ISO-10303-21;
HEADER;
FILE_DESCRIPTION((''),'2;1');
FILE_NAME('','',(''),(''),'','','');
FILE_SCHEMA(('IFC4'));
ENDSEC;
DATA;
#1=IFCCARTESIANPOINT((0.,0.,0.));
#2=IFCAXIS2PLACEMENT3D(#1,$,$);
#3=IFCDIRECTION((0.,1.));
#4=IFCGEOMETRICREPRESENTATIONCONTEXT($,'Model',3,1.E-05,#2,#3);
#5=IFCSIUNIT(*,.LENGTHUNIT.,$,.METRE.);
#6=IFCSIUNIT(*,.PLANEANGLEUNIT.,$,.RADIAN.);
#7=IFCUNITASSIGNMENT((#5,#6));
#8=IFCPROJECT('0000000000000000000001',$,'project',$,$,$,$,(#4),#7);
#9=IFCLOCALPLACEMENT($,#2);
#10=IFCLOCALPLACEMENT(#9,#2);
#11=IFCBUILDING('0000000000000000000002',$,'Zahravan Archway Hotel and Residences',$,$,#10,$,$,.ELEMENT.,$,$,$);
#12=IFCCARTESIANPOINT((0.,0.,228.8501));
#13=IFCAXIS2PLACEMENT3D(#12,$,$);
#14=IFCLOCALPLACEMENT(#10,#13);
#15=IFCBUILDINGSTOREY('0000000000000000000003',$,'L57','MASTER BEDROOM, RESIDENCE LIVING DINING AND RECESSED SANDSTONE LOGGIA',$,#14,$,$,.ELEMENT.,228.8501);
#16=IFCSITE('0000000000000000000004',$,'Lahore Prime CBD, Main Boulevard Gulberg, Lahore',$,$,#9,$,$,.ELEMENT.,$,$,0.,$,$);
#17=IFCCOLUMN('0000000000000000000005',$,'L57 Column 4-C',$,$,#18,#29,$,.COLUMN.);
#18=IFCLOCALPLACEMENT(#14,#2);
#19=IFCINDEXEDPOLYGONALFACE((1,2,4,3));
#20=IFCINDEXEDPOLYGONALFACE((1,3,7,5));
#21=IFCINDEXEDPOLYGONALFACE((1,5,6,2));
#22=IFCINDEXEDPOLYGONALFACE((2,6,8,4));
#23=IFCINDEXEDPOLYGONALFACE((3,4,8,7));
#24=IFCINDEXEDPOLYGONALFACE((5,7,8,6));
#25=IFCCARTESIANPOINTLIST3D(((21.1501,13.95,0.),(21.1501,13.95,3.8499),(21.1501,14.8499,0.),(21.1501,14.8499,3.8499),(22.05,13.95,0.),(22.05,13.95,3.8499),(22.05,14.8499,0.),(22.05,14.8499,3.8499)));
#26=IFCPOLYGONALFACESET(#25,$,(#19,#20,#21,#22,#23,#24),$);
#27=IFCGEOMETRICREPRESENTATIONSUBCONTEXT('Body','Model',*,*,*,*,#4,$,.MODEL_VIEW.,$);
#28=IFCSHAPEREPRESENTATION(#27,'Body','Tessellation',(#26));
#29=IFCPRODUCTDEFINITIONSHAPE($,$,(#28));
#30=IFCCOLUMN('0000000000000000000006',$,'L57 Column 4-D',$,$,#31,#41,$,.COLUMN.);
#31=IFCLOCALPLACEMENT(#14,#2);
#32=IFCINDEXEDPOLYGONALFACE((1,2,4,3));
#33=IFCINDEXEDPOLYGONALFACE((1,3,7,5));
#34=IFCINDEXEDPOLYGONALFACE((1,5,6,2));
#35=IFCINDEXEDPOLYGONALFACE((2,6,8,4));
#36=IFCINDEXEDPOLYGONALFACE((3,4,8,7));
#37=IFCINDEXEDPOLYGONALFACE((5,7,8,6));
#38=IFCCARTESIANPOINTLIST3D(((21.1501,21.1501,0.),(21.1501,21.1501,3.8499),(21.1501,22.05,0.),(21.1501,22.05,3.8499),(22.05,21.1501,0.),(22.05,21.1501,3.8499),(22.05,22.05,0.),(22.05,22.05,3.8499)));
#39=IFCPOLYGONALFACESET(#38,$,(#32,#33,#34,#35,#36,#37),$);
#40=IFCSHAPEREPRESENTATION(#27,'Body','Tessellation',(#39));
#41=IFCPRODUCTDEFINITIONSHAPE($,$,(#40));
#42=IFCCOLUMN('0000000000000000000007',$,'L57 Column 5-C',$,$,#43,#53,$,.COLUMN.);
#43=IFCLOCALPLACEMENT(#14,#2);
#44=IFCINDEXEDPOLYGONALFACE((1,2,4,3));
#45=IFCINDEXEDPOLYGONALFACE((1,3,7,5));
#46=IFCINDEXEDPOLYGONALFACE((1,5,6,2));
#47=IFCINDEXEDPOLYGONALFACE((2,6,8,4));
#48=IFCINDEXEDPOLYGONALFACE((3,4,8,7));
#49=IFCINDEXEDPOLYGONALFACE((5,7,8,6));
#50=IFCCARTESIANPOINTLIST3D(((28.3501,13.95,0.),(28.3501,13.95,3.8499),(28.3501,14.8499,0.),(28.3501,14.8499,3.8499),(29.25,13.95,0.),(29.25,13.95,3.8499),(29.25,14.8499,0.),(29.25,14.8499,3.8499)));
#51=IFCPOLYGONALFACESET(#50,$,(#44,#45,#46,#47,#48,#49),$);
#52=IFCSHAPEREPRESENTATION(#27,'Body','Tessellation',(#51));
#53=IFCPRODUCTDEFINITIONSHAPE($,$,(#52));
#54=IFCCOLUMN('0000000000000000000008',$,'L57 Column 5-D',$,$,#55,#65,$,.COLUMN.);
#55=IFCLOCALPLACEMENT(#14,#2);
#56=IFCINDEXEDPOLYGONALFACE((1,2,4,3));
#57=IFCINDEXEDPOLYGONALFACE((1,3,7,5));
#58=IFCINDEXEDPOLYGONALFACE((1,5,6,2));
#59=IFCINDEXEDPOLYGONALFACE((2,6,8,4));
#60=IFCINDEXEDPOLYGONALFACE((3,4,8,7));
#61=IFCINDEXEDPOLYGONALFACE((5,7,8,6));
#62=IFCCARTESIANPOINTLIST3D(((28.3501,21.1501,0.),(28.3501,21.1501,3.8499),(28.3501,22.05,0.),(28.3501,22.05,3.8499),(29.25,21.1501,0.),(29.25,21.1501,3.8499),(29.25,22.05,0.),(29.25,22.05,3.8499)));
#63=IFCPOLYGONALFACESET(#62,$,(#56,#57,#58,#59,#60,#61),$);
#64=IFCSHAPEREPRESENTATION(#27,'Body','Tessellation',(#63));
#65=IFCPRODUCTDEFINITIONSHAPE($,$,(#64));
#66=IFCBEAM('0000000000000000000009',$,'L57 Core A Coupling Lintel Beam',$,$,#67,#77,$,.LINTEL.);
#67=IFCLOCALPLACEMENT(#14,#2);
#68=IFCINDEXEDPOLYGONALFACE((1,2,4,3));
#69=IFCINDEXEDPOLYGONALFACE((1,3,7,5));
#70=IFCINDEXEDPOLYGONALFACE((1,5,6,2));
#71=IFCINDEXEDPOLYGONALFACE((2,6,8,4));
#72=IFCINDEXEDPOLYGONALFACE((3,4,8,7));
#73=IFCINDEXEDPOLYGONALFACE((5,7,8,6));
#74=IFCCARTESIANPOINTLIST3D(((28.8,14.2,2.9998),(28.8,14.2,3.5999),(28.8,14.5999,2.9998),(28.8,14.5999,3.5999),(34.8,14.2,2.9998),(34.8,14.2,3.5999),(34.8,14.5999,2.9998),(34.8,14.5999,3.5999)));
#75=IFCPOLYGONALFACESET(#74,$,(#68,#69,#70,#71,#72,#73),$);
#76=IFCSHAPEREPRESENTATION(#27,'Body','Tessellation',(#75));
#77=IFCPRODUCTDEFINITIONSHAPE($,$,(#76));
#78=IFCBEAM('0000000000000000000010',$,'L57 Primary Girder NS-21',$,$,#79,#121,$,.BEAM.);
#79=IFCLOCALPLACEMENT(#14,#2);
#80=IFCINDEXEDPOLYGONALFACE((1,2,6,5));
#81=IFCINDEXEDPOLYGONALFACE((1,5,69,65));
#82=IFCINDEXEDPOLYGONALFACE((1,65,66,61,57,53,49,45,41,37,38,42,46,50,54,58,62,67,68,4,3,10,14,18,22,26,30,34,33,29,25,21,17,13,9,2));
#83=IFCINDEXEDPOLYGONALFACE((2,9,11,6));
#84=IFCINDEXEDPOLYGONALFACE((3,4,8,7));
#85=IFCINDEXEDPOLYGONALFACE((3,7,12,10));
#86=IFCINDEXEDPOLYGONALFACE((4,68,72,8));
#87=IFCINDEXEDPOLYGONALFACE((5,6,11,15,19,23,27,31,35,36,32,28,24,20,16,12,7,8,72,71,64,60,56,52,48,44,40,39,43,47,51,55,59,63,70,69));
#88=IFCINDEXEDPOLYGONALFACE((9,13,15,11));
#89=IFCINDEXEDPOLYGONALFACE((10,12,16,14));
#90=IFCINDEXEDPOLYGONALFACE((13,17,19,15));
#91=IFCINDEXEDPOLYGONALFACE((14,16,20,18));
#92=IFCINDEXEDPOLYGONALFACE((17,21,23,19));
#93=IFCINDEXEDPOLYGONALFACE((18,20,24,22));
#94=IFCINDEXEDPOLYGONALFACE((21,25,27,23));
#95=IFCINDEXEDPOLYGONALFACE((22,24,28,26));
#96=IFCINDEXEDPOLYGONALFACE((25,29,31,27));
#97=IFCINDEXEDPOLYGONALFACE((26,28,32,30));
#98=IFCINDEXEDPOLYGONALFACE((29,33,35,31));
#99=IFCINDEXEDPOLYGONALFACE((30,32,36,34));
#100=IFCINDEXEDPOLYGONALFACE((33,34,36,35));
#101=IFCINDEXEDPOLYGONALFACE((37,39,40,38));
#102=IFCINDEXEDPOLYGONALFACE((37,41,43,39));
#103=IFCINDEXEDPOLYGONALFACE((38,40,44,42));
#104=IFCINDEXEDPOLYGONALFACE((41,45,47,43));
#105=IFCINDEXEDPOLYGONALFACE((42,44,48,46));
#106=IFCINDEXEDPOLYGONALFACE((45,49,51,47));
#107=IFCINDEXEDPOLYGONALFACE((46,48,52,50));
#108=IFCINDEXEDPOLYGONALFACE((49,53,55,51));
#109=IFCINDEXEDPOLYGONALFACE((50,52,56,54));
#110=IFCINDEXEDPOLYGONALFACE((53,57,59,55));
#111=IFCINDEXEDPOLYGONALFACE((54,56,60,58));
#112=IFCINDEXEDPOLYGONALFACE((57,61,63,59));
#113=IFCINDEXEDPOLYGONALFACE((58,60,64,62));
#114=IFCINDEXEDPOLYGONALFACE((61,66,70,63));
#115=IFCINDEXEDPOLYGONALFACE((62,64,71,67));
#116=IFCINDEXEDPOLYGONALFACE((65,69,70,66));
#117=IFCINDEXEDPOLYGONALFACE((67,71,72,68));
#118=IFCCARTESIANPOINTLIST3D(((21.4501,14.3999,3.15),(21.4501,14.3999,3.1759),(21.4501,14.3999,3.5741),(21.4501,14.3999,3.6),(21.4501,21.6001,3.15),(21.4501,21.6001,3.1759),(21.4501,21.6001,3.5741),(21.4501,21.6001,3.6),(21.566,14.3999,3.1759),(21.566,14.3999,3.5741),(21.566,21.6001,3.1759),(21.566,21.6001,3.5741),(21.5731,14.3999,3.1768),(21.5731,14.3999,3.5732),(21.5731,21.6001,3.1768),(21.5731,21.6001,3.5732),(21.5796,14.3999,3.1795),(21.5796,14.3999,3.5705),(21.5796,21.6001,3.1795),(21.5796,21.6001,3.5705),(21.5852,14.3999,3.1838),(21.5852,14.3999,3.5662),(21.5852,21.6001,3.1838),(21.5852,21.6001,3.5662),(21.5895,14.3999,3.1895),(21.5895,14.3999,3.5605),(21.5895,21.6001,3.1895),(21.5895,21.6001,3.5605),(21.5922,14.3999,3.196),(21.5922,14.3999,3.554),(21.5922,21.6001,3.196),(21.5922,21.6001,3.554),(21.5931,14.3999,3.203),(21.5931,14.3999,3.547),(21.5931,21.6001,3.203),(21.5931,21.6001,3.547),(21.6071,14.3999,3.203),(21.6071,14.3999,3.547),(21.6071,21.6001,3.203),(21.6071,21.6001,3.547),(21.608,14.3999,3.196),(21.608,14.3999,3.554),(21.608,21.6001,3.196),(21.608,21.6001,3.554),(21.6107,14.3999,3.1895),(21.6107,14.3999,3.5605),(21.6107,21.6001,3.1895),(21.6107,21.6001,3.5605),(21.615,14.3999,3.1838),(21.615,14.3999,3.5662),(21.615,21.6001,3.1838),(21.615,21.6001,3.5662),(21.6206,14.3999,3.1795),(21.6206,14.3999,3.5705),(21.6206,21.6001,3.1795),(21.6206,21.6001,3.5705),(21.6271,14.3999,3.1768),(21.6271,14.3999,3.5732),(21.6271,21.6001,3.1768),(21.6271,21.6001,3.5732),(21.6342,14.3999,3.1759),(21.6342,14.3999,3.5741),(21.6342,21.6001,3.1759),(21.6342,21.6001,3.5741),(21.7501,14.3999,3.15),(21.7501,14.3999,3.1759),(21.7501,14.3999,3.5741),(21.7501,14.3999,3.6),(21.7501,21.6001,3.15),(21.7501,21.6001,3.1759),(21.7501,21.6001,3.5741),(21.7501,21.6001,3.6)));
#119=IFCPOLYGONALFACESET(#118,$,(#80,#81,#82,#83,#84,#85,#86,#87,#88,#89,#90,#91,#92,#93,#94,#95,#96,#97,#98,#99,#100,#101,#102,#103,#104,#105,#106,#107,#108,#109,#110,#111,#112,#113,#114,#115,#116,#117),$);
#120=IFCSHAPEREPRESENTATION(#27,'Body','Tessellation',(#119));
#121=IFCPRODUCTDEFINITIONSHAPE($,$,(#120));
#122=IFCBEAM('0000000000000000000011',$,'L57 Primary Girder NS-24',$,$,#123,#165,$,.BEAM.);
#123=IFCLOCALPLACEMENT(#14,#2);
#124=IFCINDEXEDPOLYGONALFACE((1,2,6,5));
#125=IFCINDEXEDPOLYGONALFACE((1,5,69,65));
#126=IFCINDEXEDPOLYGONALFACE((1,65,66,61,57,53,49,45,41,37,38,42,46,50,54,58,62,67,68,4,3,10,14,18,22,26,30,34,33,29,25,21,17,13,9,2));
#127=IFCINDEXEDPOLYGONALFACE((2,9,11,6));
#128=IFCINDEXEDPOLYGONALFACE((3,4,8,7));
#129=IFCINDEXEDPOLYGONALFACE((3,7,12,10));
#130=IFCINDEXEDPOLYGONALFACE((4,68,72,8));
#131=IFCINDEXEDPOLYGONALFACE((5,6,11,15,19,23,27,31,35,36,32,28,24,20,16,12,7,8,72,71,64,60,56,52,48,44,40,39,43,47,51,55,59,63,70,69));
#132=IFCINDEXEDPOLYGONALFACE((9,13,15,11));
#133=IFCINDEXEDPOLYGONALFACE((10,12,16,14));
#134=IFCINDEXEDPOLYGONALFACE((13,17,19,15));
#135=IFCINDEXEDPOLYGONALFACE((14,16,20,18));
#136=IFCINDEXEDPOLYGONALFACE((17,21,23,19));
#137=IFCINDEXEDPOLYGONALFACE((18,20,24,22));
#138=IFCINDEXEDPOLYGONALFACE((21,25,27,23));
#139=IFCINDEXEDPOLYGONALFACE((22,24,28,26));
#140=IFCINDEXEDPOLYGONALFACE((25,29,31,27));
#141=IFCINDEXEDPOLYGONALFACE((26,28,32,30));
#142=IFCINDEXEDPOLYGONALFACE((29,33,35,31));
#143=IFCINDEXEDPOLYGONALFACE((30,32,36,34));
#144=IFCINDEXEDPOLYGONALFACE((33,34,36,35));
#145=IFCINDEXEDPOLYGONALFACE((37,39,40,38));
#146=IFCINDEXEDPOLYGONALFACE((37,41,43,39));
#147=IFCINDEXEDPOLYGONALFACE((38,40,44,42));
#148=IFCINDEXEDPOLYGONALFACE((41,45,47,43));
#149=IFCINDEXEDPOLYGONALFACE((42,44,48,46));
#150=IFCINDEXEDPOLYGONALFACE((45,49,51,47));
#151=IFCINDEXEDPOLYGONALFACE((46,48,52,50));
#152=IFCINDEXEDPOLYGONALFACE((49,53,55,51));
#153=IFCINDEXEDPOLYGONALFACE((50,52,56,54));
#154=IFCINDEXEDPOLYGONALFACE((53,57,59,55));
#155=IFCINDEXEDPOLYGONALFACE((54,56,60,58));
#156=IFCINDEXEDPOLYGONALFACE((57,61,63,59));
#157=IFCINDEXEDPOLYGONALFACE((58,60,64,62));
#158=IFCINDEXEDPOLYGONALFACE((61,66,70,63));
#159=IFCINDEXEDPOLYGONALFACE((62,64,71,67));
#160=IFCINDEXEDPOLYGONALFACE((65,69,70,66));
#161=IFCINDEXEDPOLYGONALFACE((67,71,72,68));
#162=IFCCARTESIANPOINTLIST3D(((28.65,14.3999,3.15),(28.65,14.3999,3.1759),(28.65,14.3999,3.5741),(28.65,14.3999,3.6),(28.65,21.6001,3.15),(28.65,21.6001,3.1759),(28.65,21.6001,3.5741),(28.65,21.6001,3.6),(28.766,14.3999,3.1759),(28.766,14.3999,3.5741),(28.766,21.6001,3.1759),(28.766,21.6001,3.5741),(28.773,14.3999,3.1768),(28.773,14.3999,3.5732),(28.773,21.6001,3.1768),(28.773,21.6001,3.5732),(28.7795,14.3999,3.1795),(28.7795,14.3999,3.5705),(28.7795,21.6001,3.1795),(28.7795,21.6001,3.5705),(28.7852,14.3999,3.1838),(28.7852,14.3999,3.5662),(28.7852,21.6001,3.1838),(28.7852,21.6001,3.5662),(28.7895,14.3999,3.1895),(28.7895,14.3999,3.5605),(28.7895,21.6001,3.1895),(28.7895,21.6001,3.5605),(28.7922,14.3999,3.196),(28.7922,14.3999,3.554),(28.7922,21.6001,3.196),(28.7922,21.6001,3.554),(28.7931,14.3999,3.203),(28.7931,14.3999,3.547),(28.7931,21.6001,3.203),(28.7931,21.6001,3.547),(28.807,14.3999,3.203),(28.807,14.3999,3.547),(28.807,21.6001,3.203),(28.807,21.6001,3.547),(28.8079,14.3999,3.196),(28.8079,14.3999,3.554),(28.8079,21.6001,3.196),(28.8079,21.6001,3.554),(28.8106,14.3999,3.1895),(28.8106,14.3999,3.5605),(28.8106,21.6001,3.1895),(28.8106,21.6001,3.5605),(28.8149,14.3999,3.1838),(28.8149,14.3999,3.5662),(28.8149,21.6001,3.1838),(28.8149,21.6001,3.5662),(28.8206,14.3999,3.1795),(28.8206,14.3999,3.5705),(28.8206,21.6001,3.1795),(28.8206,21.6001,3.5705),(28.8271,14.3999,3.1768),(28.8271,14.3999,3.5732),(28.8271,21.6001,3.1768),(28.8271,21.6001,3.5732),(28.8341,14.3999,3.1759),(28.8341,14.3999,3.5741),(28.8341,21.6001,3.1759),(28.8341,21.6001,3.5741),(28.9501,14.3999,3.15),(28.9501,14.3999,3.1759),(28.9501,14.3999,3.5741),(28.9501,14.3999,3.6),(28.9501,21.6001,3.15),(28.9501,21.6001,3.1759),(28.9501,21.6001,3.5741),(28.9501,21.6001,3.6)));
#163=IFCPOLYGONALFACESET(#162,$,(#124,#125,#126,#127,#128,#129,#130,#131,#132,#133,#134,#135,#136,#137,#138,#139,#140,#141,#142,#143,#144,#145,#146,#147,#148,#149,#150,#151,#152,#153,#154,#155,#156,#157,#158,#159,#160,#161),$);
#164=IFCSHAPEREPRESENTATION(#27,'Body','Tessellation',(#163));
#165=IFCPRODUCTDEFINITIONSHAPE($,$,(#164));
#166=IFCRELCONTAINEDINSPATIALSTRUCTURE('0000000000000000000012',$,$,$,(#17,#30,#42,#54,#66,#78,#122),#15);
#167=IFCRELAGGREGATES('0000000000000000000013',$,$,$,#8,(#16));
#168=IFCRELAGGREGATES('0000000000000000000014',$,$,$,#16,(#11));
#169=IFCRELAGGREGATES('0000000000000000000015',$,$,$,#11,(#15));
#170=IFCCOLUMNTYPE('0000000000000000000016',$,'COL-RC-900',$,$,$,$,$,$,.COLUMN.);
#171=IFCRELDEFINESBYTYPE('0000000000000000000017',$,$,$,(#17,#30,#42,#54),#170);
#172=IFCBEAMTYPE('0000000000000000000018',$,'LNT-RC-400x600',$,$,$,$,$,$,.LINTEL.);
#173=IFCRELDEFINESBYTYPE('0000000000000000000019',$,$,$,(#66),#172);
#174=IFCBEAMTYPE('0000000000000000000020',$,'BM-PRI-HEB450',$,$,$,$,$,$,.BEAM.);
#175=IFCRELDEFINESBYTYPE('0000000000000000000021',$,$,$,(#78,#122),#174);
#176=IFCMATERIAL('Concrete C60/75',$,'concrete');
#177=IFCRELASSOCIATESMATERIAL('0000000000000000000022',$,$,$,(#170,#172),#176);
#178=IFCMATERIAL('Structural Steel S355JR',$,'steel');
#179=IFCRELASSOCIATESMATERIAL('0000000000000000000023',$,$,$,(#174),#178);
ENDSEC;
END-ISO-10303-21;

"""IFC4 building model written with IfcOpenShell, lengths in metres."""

from ifc_helpers import new_model, si_unit, direction, frame, origin, origin_2d, place, context, subcontext, project, spatial, rectangle, i_section, extrude, source, transform, mapped, material, material_profile, profile_set, type_object, type_shapes, element, save


model = new_model("IFC4")

# Units and contexts
model_context = context("Model", 3, precision=1e-05, world=origin(), true_north=direction((0.0, 1.0)))
body_context = subcontext(model_context, "Body", "Model", "MODEL_VIEW")
ifc_project = project(units=[si_unit("LENGTHUNIT", "METRE"), si_unit("PLANEANGLEUNIT", "RADIAN")], contexts=[model_context])

# Site, building, storey
site_placement = place(None, origin())
site = spatial("IfcSite", under=ifc_project, at=site_placement, Name="Lahore Prime CBD, Main Boulevard Gulberg, Lahore", CompositionType="ELEMENT", RefElevation=0.0)
building_placement = place(site_placement, origin())
building = spatial("IfcBuilding", under=site, at=building_placement, Name="Zahravan Archway Hotel and Residences", CompositionType="ELEMENT")
storey_placement = place(building_placement, frame((0.0, 0.0, 228.8501)))
storey = spatial("IfcBuildingStorey", under=building, at=storey_placement, Name="L57", Description="MASTER BEDROOM, RESIDENCE LIVING DINING AND RECESSED SANDSTONE LOGGIA", CompositionType="ELEMENT", Elevation=228.8501)

# Columns
ifc_material_1 = material(Name="Concrete C60/75", Category="concrete")
ifc_material_profile_1 = material_profile(ifc_material_1, rectangle(XDim=0.8999, YDim=0.8999, at=origin_2d()), Name="RC-COL-900x900", Category="concrete")
ifc_profile_set_1 = profile_set([ifc_material_profile_1], Name="Concrete C60/75")
column_type = type_object("IfcColumnType", Name="COL-RC-900", PredefinedType="COLUMN", material=ifc_profile_set_1)
shared_shape_1 = source(origin(), body_context, "Body", "SweptSolid", [
    extrude(rectangle(XDim=0.8999, YDim=0.8999, at=origin_2d()), origin(), (0.0, 0.0, 1.0), 3.8499),
])
for number, where, z_axis, x_axis, name in (
    (1, (21.6001, 14.3999, 0.0), (0.0, 0.0, 1.0), (1.0, 0.0, 0.0), "L57 Column 4-C"),
    (2, (21.6001, 21.6001, 0.0), (0.0, 0.0, 1.0), (1.0, 0.0, 0.0), "L57 Column 4-D"),
    (3, (28.8, 14.3999, 0.0), (0.0, 0.0, 1.0), (1.0, 0.0, 0.0), "L57 Column 5-C"),
    (4, (28.8, 21.6001, 0.0), (0.0, 0.0, 1.0), (1.0, 0.0, 0.0), "L57 Column 5-D"),
):
    element("IfcColumn", number, at=place(storey_placement, frame(where, z_axis=z_axis, x_axis=x_axis)), inside=storey, type_object=column_type, Name=name, PredefinedType="COLUMN", context=body_context, shape_type="MappedRepresentation", body=[
        mapped(shared_shape_1, transform((0.0, 0.0, 0.0), scale=1.0)),
    ])

# Beams
ifc_material_profile_2 = material_profile(ifc_material_1, rectangle(XDim=0.3999, YDim=0.6001, at=origin_2d()), Name="RC-LNT-400x600", Category="concrete")
ifc_profile_set_2 = profile_set([ifc_material_profile_2], Name="Concrete C60/75")
beam_type_1 = type_object("IfcBeamType", Name="LNT-RC-400x600", PredefinedType="LINTEL", material=ifc_profile_set_2)
shared_shape_2 = source(origin(), body_context, "Body", "SweptSolid", [
    extrude(rectangle(XDim=0.3999, YDim=0.6001, at=origin_2d()), origin(), (0.0, 0.0, 1.0), 6.0),
])
type_shapes(beam_type_1, [shared_shape_2])
beam_1_placement = place(storey_placement, frame((28.8, 14.3999, 3.2998), z_axis=(1.0, 0.0, 0.0), x_axis=(0.0, 1.0, 0.0)))
element("IfcBeam", 5, at=beam_1_placement, inside=storey, type_object=beam_type_1, Name="L57 Core A Coupling Lintel Beam", PredefinedType="LINTEL", context=body_context, shape_type="MappedRepresentation", body=[
    mapped(shared_shape_2, transform((0.0, 0.0, 0.0), scale=1.0)),
])
ifc_material_2 = material(Name="Structural Steel S355JR", Category="steel")
ifc_material_profile_3 = material_profile(ifc_material_2, i_section(OverallWidth=0.3, OverallDepth=0.45, WebThickness=0.0139, FlangeThickness=0.0259, FilletRadius=0.0271, at=origin_2d()), Name="HEB 450", Category="steel")
ifc_profile_set_3 = profile_set([ifc_material_profile_3], Name="Structural Steel S355JR")
beam_type_2 = type_object("IfcBeamType", Name="BM-PRI-HEB450", PredefinedType="BEAM", material=ifc_profile_set_3)
shared_shape_3 = source(origin(), body_context, "Body", "SweptSolid", [
    extrude(i_section(OverallWidth=0.3, OverallDepth=0.45, WebThickness=0.0139, FlangeThickness=0.0259, FilletRadius=0.0271, at=origin_2d()), origin(), (0.0, 0.0, 1.0), 7.2002),
])
type_shapes(beam_type_2, [shared_shape_3])
for number, where, z_axis, x_axis, name in (
    (6, (21.6001, 14.3999, 3.375), (0.0, 1.0, 0.0), (-1.0, 0.0, 0.0), "L57 Primary Girder NS-21"),
    (7, (28.8, 14.3999, 3.375), (0.0, 1.0, 0.0), (-1.0, 0.0, 0.0), "L57 Primary Girder NS-24"),
):
    element("IfcBeam", number, at=place(storey_placement, frame(where, z_axis=z_axis, x_axis=x_axis)), inside=storey, type_object=beam_type_2, Name=name, PredefinedType="BEAM", context=body_context, shape_type="MappedRepresentation", body=[
        mapped(shared_shape_3, transform((0.0, 0.0, 0.0), scale=1.0)),
    ])

save(model, "model.ifc")
